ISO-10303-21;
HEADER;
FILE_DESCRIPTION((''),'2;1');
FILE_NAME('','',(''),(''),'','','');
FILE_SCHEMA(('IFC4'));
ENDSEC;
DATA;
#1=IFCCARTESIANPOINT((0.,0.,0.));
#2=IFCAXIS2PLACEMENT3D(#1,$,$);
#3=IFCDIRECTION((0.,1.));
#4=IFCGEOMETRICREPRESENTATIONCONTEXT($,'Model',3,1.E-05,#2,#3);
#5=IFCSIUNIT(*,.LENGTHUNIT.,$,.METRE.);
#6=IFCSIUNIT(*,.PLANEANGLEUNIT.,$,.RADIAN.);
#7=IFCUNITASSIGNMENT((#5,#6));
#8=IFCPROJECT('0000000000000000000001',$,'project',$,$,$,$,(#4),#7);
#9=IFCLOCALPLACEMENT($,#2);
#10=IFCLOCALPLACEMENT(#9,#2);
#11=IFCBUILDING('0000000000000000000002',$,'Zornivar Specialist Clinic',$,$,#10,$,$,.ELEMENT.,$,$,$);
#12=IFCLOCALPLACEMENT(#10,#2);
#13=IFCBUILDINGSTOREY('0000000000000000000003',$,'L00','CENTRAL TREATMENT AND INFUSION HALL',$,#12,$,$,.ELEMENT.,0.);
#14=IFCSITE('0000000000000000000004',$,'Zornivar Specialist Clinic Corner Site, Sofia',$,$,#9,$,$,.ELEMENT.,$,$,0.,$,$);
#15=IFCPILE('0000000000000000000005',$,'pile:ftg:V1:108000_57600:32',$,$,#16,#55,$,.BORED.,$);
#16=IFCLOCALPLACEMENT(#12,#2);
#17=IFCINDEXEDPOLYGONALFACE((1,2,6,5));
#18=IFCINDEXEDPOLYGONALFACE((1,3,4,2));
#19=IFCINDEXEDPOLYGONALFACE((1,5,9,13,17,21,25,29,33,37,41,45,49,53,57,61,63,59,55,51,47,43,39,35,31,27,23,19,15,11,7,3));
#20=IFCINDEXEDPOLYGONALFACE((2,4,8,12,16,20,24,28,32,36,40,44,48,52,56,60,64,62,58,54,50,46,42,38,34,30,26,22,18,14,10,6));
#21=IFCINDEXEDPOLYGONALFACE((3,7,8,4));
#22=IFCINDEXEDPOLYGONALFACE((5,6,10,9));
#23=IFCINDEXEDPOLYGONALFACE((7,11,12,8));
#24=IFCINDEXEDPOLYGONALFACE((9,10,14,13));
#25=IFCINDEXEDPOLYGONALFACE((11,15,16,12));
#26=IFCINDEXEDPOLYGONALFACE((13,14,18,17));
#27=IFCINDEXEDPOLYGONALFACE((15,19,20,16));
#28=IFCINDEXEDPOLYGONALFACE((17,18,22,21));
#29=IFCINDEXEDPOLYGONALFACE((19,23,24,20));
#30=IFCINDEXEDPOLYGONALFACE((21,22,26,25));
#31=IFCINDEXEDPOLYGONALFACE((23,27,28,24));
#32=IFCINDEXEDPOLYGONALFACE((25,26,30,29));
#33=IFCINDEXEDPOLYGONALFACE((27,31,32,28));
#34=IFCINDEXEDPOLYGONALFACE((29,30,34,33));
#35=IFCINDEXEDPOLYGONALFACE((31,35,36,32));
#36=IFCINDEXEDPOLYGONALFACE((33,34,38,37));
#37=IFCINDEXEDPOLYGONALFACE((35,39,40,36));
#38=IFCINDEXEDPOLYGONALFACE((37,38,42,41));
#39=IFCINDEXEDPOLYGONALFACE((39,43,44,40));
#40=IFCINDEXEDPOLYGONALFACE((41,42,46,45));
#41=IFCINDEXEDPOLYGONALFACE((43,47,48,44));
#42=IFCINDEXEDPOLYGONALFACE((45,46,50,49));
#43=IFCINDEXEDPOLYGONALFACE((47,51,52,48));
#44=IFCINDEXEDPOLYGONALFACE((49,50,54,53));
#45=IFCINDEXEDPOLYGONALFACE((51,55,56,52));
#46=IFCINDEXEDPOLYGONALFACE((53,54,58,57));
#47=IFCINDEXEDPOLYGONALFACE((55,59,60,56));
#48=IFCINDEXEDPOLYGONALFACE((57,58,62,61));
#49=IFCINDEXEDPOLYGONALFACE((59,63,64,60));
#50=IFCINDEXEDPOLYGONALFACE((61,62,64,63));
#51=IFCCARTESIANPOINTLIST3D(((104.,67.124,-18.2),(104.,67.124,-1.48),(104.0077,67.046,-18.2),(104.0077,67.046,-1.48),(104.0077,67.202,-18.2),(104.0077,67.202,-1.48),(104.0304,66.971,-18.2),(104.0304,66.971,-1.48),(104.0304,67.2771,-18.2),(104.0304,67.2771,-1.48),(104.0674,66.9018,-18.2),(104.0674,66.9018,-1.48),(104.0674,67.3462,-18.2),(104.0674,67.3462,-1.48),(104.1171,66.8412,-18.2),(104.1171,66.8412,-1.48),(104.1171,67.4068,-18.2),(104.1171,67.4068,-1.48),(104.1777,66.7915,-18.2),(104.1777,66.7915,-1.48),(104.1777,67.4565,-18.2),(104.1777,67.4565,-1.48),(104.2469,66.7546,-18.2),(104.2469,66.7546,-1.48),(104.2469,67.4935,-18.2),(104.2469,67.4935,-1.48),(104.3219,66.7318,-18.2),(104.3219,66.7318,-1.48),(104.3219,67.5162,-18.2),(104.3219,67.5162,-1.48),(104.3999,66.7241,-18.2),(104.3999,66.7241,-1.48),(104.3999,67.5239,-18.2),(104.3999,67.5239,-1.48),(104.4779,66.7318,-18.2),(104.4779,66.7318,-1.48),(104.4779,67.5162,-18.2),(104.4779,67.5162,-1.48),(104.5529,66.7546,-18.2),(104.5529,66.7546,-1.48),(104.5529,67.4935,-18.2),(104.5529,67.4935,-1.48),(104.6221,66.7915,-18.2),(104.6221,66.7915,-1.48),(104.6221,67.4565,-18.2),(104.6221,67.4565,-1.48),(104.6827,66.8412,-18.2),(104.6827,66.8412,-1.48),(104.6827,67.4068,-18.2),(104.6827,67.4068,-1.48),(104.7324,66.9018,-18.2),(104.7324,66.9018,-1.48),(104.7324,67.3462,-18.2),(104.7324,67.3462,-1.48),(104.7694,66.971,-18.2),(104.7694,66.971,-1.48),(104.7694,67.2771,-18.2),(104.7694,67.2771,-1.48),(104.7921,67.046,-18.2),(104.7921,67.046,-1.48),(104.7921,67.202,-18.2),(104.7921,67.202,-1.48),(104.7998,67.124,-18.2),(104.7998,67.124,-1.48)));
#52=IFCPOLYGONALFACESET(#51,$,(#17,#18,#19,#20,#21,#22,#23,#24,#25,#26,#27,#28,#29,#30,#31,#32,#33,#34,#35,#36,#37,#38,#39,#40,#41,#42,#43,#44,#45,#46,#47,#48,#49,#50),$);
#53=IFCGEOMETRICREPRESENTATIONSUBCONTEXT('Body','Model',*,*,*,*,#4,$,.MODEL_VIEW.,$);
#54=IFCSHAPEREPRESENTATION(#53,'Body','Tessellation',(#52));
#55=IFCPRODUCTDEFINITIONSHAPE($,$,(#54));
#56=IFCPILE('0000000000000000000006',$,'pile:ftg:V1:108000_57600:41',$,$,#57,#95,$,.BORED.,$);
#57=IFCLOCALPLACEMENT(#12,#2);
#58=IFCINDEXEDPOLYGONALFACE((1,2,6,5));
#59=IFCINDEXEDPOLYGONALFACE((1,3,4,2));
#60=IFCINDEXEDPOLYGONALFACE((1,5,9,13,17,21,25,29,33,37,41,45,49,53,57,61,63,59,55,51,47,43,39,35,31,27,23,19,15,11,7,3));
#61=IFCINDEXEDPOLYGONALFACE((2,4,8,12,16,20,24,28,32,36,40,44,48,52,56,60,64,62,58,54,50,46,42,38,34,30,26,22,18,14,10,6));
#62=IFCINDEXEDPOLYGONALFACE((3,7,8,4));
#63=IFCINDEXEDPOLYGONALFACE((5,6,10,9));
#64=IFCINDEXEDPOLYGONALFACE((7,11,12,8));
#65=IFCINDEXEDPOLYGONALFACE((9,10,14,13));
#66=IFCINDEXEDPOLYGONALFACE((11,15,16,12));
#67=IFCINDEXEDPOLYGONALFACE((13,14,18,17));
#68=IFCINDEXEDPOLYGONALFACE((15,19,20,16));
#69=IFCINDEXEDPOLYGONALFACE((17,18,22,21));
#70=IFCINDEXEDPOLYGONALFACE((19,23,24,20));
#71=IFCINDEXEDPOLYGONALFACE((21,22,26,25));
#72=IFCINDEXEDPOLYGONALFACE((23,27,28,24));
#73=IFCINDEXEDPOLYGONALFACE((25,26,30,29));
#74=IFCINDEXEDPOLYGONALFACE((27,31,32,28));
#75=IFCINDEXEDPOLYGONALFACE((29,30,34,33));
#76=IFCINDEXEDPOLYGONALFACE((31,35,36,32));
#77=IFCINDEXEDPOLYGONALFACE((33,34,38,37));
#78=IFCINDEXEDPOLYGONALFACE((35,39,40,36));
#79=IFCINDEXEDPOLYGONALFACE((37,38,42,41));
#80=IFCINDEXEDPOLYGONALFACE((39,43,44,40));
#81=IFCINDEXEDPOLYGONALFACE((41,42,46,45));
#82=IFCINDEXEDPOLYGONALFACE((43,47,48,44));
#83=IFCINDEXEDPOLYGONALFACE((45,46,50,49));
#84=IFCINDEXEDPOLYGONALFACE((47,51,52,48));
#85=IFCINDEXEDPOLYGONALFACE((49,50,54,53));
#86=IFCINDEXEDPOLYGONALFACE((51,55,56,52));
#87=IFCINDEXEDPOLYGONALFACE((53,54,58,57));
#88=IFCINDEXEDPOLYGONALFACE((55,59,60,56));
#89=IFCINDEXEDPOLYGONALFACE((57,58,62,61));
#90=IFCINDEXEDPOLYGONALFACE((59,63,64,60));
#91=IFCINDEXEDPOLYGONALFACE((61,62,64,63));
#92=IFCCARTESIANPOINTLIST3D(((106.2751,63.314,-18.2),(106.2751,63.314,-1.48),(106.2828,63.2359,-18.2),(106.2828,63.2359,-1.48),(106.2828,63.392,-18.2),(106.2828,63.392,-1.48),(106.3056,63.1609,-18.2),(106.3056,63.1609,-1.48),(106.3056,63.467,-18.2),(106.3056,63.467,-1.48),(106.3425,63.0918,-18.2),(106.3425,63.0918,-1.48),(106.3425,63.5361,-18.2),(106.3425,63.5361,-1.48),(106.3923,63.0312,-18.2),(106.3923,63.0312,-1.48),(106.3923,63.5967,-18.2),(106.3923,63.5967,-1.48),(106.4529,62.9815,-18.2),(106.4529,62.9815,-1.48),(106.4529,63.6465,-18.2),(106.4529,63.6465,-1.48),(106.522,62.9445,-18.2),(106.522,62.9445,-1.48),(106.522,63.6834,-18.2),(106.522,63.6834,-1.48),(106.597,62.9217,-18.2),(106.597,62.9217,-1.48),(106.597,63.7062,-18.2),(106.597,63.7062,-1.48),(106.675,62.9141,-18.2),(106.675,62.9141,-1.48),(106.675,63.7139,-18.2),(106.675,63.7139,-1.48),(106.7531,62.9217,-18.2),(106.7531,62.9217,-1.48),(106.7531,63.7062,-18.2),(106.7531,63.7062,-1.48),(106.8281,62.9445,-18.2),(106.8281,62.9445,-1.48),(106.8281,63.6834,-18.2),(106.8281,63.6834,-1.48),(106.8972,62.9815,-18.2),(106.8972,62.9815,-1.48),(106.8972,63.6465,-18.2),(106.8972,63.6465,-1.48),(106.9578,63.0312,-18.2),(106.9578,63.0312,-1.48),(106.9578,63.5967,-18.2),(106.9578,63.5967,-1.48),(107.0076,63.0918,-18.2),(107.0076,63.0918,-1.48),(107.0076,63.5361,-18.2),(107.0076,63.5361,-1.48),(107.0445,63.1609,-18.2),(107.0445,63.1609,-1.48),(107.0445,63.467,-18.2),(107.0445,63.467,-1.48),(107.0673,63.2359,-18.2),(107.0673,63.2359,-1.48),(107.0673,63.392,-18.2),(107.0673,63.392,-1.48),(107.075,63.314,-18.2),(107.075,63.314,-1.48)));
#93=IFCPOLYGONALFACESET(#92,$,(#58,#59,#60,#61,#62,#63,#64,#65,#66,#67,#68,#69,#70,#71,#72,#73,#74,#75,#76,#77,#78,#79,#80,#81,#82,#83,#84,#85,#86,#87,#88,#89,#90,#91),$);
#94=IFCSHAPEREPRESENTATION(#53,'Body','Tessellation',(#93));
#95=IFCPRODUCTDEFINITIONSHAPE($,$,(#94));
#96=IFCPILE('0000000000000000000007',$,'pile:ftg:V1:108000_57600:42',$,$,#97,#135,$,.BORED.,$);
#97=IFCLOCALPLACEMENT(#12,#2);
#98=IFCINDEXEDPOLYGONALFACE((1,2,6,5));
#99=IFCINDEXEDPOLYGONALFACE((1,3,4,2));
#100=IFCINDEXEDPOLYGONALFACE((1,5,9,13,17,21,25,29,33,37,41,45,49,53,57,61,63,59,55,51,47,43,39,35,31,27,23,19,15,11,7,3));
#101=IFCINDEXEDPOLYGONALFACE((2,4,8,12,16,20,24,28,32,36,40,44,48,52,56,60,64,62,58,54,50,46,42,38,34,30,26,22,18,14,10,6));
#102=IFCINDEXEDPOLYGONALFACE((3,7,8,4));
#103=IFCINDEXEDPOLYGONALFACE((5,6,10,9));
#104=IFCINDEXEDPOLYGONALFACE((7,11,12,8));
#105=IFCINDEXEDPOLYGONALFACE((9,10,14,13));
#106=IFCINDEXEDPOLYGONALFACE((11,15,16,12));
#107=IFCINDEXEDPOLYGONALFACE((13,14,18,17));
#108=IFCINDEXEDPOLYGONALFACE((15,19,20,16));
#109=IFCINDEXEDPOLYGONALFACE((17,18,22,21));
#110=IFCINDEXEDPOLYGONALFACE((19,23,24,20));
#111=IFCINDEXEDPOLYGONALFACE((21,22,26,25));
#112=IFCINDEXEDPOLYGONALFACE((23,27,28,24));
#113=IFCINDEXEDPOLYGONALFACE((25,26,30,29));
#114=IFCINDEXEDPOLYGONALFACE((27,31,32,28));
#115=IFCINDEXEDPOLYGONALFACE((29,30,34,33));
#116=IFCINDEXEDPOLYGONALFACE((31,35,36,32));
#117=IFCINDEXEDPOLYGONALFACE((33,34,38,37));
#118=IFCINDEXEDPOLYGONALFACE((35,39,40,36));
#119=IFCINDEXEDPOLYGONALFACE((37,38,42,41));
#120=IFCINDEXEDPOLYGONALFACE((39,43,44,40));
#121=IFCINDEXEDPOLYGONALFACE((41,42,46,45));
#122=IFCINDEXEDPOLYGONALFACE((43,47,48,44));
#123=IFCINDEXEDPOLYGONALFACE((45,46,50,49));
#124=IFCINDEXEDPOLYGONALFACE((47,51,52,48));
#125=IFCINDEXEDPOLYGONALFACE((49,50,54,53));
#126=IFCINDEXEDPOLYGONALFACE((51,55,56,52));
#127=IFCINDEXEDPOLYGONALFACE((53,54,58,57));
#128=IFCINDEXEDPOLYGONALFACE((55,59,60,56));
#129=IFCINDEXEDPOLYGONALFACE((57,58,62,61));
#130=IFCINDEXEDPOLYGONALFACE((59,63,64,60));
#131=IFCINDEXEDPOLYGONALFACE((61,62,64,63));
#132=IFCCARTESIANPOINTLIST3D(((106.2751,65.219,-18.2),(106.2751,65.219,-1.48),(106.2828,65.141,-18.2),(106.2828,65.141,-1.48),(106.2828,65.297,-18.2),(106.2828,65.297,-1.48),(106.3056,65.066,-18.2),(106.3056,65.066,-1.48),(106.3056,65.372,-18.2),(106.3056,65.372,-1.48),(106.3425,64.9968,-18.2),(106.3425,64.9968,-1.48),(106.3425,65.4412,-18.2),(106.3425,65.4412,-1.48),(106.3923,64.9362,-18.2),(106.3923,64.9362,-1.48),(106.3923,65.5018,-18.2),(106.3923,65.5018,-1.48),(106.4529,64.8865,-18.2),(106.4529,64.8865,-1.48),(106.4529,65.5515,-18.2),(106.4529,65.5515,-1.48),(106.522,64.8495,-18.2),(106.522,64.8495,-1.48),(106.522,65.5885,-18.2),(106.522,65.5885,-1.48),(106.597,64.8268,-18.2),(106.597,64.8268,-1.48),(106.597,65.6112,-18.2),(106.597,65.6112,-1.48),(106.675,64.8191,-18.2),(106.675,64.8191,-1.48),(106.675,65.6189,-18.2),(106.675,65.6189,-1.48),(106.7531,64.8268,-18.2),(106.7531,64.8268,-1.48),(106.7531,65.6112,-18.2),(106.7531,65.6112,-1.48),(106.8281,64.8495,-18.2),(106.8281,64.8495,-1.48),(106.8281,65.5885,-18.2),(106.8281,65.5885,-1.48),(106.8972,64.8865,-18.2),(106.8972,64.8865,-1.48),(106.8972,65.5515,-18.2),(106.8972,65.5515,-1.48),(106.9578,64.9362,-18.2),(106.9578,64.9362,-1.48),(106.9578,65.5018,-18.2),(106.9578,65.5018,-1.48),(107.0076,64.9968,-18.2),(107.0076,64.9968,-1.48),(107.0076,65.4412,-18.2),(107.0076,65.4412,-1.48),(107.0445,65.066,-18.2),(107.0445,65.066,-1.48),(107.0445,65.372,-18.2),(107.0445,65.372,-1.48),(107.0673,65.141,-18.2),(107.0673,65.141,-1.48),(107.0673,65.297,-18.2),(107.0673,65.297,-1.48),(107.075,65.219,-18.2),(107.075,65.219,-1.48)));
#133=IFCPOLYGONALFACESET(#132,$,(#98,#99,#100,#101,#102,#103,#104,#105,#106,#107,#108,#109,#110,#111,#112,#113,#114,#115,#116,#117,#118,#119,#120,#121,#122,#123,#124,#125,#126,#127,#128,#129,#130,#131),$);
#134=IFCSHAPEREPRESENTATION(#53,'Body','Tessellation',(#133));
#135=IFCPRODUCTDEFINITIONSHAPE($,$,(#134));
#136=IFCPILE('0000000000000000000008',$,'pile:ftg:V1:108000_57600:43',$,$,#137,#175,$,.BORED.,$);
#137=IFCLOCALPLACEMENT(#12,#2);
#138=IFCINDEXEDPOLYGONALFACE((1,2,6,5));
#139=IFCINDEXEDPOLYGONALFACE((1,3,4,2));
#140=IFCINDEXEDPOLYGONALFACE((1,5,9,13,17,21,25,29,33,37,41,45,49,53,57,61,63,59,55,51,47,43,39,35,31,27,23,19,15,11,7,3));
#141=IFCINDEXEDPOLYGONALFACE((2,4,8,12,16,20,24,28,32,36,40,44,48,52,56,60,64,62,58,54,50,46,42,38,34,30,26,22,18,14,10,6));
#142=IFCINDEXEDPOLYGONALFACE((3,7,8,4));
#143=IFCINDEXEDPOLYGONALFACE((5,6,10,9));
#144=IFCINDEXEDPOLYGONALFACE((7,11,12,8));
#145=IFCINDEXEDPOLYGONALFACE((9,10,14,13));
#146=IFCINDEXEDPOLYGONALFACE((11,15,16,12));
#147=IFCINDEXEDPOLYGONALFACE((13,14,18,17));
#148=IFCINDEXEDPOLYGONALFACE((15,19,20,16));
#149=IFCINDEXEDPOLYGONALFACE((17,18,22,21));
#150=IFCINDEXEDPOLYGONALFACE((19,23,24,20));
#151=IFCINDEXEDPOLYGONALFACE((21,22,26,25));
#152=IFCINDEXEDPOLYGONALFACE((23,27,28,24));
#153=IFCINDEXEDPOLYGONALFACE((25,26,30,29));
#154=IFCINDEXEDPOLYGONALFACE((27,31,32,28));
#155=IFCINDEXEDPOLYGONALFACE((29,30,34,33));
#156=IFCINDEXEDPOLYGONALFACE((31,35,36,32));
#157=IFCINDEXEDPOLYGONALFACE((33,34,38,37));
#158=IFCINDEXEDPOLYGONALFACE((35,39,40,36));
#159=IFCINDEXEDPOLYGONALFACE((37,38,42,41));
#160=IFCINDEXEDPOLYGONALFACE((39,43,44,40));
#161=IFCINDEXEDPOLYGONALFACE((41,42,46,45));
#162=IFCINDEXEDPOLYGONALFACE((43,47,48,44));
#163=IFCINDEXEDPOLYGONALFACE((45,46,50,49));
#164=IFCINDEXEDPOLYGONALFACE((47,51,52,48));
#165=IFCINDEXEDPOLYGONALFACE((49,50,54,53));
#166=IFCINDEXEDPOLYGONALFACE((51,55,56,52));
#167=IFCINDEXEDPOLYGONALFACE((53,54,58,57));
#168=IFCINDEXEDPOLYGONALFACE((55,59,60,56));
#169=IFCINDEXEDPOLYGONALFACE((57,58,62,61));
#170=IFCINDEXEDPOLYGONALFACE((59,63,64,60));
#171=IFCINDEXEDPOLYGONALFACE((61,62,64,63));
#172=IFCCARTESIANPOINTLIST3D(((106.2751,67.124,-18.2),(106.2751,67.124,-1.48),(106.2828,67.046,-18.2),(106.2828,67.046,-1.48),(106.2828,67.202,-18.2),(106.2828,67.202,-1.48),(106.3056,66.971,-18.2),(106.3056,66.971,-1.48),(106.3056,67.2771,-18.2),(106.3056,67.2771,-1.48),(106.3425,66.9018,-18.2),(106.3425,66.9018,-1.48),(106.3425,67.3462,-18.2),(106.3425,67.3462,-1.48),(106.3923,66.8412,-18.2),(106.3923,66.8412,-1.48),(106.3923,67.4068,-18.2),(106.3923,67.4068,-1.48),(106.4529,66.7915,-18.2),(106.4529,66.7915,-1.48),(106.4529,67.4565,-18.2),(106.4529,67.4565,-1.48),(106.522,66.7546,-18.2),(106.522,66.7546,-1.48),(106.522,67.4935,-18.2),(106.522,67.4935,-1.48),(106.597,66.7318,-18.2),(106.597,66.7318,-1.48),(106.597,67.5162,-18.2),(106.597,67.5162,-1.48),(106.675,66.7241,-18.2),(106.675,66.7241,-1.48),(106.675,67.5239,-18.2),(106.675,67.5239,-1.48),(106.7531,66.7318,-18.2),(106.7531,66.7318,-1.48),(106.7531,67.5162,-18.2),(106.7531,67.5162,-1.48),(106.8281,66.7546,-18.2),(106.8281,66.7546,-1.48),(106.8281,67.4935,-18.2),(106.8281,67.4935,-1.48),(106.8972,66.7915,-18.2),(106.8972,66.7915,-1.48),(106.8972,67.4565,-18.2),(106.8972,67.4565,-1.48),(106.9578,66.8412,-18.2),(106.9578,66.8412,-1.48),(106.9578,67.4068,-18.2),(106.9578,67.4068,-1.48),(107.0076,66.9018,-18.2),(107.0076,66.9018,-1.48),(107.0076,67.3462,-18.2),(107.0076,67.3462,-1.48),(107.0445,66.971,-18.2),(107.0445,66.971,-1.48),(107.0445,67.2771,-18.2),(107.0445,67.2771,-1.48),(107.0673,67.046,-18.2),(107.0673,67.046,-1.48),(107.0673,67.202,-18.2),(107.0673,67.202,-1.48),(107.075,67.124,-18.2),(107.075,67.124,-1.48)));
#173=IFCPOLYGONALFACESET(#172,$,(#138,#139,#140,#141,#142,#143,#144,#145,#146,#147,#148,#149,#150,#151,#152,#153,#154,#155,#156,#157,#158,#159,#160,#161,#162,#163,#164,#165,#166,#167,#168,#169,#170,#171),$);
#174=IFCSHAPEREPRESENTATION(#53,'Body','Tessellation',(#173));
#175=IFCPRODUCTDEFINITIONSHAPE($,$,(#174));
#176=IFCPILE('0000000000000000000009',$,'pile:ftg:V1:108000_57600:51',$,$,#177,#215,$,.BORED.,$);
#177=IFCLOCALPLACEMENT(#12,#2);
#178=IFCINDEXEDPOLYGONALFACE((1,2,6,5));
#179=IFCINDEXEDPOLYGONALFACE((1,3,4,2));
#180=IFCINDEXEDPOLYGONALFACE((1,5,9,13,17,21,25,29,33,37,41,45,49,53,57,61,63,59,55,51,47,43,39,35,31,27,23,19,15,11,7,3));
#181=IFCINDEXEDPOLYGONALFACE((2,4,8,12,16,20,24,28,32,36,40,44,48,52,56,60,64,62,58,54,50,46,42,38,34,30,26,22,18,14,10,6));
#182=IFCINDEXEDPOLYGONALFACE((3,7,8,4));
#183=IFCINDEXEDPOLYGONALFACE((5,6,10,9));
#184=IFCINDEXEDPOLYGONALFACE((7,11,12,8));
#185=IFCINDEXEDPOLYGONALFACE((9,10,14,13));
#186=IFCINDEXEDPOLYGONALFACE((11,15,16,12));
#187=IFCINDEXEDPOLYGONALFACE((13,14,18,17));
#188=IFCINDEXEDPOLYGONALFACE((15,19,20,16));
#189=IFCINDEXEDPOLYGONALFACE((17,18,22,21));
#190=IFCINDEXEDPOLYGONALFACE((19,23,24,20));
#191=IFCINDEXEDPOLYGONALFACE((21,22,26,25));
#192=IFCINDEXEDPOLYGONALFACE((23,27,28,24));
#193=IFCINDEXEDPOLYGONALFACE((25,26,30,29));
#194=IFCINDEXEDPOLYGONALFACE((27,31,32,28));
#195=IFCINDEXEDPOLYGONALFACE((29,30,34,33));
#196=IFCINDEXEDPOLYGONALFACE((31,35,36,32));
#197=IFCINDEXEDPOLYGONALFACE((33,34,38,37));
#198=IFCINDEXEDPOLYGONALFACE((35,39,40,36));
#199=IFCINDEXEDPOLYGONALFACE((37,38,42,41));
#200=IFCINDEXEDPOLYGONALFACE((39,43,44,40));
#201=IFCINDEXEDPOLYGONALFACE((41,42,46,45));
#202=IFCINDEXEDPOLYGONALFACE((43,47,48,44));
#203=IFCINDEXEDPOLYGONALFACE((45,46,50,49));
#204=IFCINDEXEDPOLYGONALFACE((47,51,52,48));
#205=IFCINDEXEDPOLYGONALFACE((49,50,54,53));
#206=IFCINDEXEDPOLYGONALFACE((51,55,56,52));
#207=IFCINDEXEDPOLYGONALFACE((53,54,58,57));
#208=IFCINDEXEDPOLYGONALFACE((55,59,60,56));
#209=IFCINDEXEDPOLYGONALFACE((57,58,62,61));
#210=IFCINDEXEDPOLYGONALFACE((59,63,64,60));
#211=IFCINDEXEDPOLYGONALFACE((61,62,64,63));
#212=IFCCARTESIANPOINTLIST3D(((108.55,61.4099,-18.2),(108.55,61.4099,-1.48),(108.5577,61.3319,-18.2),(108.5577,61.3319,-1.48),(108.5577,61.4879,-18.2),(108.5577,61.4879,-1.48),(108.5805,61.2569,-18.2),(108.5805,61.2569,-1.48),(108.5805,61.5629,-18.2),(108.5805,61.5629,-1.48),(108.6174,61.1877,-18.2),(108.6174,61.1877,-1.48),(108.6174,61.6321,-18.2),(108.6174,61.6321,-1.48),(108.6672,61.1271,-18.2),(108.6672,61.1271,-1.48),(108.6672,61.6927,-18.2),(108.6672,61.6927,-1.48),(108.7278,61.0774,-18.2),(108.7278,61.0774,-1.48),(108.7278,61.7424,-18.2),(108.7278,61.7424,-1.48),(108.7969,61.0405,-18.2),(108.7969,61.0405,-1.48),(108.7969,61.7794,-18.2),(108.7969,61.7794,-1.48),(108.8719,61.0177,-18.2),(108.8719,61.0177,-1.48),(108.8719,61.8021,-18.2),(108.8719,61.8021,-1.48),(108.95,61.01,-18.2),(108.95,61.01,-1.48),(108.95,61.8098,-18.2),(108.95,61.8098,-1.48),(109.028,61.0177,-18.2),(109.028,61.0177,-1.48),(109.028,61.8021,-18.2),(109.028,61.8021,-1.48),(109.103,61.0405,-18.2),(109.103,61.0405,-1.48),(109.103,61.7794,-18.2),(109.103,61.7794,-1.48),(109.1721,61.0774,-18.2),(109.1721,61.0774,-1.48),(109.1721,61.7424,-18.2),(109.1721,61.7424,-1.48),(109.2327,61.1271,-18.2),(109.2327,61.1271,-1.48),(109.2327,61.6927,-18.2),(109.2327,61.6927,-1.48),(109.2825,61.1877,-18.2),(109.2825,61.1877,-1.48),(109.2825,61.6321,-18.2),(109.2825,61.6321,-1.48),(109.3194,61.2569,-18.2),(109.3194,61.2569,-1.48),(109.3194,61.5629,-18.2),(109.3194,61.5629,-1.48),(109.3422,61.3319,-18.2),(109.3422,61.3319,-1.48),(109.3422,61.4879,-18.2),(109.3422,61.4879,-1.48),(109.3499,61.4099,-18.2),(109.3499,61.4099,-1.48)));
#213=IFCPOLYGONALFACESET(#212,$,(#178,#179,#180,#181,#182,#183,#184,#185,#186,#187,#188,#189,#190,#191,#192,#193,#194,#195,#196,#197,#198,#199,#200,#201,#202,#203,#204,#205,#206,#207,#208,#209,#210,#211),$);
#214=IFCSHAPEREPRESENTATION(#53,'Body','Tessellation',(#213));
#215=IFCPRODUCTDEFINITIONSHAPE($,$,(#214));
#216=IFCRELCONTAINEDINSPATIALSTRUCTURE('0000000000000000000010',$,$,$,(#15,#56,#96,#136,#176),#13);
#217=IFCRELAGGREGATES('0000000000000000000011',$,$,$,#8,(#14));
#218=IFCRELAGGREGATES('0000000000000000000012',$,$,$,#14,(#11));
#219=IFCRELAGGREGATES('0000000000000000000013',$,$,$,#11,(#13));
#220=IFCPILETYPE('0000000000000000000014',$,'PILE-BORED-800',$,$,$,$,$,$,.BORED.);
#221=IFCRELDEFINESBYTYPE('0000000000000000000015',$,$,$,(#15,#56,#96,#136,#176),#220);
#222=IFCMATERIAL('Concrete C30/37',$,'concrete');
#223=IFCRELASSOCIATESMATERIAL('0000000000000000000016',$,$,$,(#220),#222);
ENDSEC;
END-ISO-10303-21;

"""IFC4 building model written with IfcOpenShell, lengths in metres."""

from ifc_helpers import new_model, si_unit, direction, frame, origin, origin_2d, place, context, subcontext, project, spatial, circle, extrude, material, material_profile, profile_set, type_object, element, save


model = new_model("IFC4")

# Units and contexts
model_context = context("Model", 3, precision=1e-05, world=origin(), true_north=direction((0.0, 1.0)))
body_context = subcontext(model_context, "Body", "Model", "MODEL_VIEW")
ifc_project = project(units=[si_unit("LENGTHUNIT", "METRE"), si_unit("PLANEANGLEUNIT", "RADIAN")], contexts=[model_context])

# Site, building, storey
site_placement = place(None, origin())
site = spatial("IfcSite", under=ifc_project, at=site_placement, Name="Zornivar Specialist Clinic Corner Site, Sofia", CompositionType="ELEMENT", RefElevation=0.0)
building_placement = place(site_placement, origin())
building = spatial("IfcBuilding", under=site, at=building_placement, Name="Zornivar Specialist Clinic", CompositionType="ELEMENT")
storey_placement = place(building_placement, origin())
storey = spatial("IfcBuildingStorey", under=building, at=storey_placement, Name="L00", Description="CENTRAL TREATMENT AND INFUSION HALL", CompositionType="ELEMENT", Elevation=0.0)

# Piles
ifc_material_1 = material(Name="Concrete C30/37", Category="concrete")
ifc_material_profile_1 = material_profile(ifc_material_1, circle(Radius=0.3999, at=origin_2d()), Name="PILE D800")
ifc_profile_set_1 = profile_set([ifc_material_profile_1], Name="Concrete C30/37")
pile_type = type_object("IfcPileType", Name="PILE-BORED-800", PredefinedType="BORED", material=ifc_profile_set_1)
for number, where, z_axis, x_axis, name in (
    (1, (104.3999, 67.124, -1.48), (0.0, 0.0, -1.0), (1.0, 0.0, 0.0), "pile:ftg:V1:108000_57600:32"),
    (2, (106.675, 63.314, -1.48), (0.0, 0.0, -1.0), (1.0, 0.0, 0.0), "pile:ftg:V1:108000_57600:41"),
    (3, (106.675, 65.219, -1.48), (0.0, 0.0, -1.0), (1.0, 0.0, 0.0), "pile:ftg:V1:108000_57600:42"),
    (4, (106.675, 67.124, -1.48), (0.0, 0.0, -1.0), (1.0, 0.0, 0.0), "pile:ftg:V1:108000_57600:43"),
    (5, (108.95, 61.4099, -1.48), (0.0, 0.0, -1.0), (1.0, 0.0, 0.0), "pile:ftg:V1:108000_57600:51"),
):
    element("IfcPile", number, at=place(storey_placement, frame(where, z_axis=z_axis, x_axis=x_axis)), inside=storey, type_object=pile_type, Name=name, PredefinedType="BORED", context=body_context, shape_type="SweptSolid", body=[
        extrude(circle(Radius=0.3999, at=origin_2d()), origin(), (0.0, 0.0, 1.0), 16.72),
    ])

save(model, "model.ifc")
